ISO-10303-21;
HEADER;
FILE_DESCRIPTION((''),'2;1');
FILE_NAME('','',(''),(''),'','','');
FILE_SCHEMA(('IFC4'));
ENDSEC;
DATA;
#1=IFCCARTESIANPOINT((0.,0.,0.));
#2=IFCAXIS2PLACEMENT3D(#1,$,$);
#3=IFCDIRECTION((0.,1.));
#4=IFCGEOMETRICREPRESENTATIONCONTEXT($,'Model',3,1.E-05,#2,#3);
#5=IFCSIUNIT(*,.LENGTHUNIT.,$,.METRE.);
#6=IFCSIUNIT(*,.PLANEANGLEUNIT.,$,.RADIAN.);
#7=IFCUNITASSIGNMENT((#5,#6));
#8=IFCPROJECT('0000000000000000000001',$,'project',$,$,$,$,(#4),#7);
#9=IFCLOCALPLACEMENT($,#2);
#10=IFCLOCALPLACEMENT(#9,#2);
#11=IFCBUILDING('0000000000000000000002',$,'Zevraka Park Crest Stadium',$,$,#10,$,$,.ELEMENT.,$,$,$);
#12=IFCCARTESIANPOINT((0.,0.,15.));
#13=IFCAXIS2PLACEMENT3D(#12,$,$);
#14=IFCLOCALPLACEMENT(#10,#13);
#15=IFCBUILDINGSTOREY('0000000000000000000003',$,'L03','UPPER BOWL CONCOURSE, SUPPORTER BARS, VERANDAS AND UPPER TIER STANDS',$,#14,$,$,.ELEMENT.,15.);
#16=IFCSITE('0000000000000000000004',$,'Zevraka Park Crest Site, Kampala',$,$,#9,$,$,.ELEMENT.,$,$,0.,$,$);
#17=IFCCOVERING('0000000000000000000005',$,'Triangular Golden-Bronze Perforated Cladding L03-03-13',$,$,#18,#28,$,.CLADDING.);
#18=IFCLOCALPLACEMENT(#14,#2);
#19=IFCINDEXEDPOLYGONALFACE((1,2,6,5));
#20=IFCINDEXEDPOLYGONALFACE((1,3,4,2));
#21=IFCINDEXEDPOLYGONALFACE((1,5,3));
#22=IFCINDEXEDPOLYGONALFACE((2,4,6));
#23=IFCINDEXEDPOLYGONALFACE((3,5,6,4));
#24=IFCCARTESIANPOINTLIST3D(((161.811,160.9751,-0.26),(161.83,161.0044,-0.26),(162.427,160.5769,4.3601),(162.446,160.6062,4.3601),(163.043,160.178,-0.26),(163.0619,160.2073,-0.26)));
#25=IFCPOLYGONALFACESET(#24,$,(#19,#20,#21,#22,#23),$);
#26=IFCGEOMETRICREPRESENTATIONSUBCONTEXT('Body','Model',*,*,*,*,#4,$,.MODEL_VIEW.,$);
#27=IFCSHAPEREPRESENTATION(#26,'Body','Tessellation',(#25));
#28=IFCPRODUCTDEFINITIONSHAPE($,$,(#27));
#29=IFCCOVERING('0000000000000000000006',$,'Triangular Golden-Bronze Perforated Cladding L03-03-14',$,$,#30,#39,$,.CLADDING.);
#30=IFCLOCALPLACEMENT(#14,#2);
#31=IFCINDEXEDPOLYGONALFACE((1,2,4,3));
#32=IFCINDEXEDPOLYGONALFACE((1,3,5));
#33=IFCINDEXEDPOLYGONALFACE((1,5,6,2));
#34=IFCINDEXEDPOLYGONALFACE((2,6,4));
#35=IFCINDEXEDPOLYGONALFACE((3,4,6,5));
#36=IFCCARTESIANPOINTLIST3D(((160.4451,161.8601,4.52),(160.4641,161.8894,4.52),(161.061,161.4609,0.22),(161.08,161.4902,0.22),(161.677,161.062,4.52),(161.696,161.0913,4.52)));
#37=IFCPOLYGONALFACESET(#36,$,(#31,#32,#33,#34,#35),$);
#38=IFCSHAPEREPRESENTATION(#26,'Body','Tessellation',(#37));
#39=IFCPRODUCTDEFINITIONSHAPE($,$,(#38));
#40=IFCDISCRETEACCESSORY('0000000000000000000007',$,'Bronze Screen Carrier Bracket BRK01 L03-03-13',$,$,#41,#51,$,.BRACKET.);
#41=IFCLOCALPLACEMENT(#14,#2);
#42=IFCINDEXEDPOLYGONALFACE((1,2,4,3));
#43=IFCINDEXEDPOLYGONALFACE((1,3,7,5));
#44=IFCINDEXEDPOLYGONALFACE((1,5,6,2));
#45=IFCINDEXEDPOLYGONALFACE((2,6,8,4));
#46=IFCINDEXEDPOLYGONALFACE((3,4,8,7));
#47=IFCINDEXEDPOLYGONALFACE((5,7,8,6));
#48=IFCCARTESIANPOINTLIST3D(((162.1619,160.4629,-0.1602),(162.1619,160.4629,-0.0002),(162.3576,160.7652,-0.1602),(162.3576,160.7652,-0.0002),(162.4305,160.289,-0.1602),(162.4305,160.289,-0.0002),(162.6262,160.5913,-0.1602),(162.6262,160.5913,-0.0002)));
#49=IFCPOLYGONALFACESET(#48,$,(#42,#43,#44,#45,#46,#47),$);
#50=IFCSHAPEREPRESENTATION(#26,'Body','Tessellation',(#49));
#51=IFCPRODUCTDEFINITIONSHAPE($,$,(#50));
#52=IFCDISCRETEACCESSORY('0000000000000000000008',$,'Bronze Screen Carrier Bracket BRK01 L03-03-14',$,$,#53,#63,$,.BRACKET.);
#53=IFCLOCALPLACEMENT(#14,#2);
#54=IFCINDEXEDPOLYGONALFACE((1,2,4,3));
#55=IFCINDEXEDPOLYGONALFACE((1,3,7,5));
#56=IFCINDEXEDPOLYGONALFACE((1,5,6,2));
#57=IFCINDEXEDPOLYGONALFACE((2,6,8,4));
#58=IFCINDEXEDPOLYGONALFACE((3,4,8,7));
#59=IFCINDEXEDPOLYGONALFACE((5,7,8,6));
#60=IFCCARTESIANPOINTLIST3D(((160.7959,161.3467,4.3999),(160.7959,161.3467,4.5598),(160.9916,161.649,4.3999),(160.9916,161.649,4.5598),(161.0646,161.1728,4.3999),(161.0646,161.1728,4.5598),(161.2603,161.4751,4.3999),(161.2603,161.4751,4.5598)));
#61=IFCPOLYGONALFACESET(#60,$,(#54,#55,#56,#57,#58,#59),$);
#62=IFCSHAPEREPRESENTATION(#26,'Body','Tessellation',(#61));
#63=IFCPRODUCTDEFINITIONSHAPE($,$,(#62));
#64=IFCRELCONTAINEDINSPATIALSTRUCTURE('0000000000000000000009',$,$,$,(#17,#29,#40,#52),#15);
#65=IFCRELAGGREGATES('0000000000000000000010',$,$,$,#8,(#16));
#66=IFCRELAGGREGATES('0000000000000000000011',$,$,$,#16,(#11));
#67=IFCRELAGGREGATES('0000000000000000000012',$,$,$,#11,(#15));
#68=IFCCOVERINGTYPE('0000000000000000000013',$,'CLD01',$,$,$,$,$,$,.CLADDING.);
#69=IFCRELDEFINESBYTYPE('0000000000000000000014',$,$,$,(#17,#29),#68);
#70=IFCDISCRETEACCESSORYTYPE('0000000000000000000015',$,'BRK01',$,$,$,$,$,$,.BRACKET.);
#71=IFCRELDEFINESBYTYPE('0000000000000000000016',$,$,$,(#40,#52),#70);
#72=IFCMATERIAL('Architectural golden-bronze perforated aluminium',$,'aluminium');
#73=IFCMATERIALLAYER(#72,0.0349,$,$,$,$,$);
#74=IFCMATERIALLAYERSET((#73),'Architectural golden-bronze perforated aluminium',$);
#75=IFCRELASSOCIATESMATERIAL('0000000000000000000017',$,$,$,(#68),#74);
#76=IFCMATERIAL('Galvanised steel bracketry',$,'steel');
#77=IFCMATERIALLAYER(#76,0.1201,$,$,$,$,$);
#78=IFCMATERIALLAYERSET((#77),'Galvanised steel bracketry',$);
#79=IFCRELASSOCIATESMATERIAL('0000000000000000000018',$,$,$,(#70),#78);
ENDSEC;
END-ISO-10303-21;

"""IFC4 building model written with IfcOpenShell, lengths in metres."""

from ifc_helpers import new_model, si_unit, direction, frame, origin, origin_2d, place, context, subcontext, project, spatial, polyline, rectangle, outline, extrude, material, layer, layer_set, type_object, element, save


model = new_model("IFC4")

# Units and contexts
model_context = context("Model", 3, precision=1e-05, world=origin(), true_north=direction((0.0, 1.0)))
body_context = subcontext(model_context, "Body", "Model", "MODEL_VIEW")
ifc_project = project(units=[si_unit("LENGTHUNIT", "METRE"), si_unit("PLANEANGLEUNIT", "RADIAN")], contexts=[model_context])

# Site, building, storey
site_placement = place(None, origin())
site = spatial("IfcSite", under=ifc_project, at=site_placement, Name="Zevraka Park Crest Site, Kampala", CompositionType="ELEMENT", RefElevation=0.0)
building_placement = place(site_placement, origin())
building = spatial("IfcBuilding", under=site, at=building_placement, Name="Zevraka Park Crest Stadium", CompositionType="ELEMENT")
storey_placement = place(building_placement, frame((0.0, 0.0, 15.0)))
storey = spatial("IfcBuildingStorey", under=building, at=storey_placement, Name="L03", Description="UPPER BOWL CONCOURSE, SUPPORTER BARS, VERANDAS AND UPPER TIER STANDS", CompositionType="ELEMENT", Elevation=15.0)

# Coverings
ifc_material_1 = material(Name="Architectural golden-bronze perforated aluminium", Category="aluminium")
ifc_layer_1 = layer(ifc_material_1, 0.0349)
ifc_layer_set_1 = layer_set([ifc_layer_1], Name="Architectural golden-bronze perforated aluminium")
covering_type = type_object("IfcCoveringType", Name="CLD01", PredefinedType="CLADDING", material=ifc_layer_set_1)
covering_1_placement = place(storey_placement, frame((163.043, 160.178, -0.26), z_axis=(-0.543244, -0.839575, 0.000067), x_axis=(-0.839575, 0.543244, 0.0)))
element("IfcCovering", 1, at=covering_1_placement, inside=storey, type_object=covering_type, Name="Triangular Golden-Bronze Perforated Cladding L03-03-13", PredefinedType="CLADDING", context=body_context, shape_type="SweptSolid", body=[
    extrude(outline(polyline([(0.0, 0.0), (1.4673, 0.0), (0.7339, -4.6201), (0.0, 0.0)])), origin(), (0.0, 0.0, -1.0), 0.0349),
])
covering_2_placement = place(storey_placement, frame((160.4451, 161.8601, 4.52), z_axis=(-0.543713, -0.839271, 0.000024), x_axis=(0.839271, -0.543713, 0.0)))
element("IfcCovering", 2, at=covering_2_placement, inside=storey, type_object=covering_type, Name="Triangular Golden-Bronze Perforated Cladding L03-03-14", PredefinedType="CLADDING", context=body_context, shape_type="SweptSolid", body=[
    extrude(outline(polyline([(0.0, 0.0), (1.4679, 0.0), (0.734, -4.3), (0.0, 0.0)])), origin(), (0.0, 0.0, -1.0), 0.0349),
])

# Discrete accessories
ifc_material_2 = material(Name="Galvanised steel bracketry", Category="steel")
ifc_layer_2 = layer(ifc_material_2, 0.1201)
ifc_layer_set_2 = layer_set([ifc_layer_2], Name="Galvanised steel bracketry")
discrete_accessory_type = type_object("IfcDiscreteAccessoryType", Name="BRK01", PredefinedType="BRACKET", material=ifc_layer_set_2)
for number, where, z_axis, x_axis, name in (
    (3, (162.394, 160.5271, -0.1602), (0.0, 0.0, 1.0), (-0.83943, 0.543467, 0.0), "Bronze Screen Carrier Bracket BRK01 L03-03-13"),
    (4, (161.0281, 161.4109, 4.3999), (0.0, 0.0, 1.0), (-0.83943, 0.543467, 0.0), "Bronze Screen Carrier Bracket BRK01 L03-03-14"),
):
    element("IfcDiscreteAccessory", number, at=place(storey_placement, frame(where, z_axis=z_axis, x_axis=x_axis)), inside=storey, type_object=discrete_accessory_type, Name=name, PredefinedType="BRACKET", context=body_context, shape_type="SweptSolid", body=[
        extrude(rectangle(XDim=0.3201, YDim=0.3601, at=origin_2d()), origin(), (0.0, 0.0, 1.0), 0.1599),
    ])

save(model, "model.ifc")
